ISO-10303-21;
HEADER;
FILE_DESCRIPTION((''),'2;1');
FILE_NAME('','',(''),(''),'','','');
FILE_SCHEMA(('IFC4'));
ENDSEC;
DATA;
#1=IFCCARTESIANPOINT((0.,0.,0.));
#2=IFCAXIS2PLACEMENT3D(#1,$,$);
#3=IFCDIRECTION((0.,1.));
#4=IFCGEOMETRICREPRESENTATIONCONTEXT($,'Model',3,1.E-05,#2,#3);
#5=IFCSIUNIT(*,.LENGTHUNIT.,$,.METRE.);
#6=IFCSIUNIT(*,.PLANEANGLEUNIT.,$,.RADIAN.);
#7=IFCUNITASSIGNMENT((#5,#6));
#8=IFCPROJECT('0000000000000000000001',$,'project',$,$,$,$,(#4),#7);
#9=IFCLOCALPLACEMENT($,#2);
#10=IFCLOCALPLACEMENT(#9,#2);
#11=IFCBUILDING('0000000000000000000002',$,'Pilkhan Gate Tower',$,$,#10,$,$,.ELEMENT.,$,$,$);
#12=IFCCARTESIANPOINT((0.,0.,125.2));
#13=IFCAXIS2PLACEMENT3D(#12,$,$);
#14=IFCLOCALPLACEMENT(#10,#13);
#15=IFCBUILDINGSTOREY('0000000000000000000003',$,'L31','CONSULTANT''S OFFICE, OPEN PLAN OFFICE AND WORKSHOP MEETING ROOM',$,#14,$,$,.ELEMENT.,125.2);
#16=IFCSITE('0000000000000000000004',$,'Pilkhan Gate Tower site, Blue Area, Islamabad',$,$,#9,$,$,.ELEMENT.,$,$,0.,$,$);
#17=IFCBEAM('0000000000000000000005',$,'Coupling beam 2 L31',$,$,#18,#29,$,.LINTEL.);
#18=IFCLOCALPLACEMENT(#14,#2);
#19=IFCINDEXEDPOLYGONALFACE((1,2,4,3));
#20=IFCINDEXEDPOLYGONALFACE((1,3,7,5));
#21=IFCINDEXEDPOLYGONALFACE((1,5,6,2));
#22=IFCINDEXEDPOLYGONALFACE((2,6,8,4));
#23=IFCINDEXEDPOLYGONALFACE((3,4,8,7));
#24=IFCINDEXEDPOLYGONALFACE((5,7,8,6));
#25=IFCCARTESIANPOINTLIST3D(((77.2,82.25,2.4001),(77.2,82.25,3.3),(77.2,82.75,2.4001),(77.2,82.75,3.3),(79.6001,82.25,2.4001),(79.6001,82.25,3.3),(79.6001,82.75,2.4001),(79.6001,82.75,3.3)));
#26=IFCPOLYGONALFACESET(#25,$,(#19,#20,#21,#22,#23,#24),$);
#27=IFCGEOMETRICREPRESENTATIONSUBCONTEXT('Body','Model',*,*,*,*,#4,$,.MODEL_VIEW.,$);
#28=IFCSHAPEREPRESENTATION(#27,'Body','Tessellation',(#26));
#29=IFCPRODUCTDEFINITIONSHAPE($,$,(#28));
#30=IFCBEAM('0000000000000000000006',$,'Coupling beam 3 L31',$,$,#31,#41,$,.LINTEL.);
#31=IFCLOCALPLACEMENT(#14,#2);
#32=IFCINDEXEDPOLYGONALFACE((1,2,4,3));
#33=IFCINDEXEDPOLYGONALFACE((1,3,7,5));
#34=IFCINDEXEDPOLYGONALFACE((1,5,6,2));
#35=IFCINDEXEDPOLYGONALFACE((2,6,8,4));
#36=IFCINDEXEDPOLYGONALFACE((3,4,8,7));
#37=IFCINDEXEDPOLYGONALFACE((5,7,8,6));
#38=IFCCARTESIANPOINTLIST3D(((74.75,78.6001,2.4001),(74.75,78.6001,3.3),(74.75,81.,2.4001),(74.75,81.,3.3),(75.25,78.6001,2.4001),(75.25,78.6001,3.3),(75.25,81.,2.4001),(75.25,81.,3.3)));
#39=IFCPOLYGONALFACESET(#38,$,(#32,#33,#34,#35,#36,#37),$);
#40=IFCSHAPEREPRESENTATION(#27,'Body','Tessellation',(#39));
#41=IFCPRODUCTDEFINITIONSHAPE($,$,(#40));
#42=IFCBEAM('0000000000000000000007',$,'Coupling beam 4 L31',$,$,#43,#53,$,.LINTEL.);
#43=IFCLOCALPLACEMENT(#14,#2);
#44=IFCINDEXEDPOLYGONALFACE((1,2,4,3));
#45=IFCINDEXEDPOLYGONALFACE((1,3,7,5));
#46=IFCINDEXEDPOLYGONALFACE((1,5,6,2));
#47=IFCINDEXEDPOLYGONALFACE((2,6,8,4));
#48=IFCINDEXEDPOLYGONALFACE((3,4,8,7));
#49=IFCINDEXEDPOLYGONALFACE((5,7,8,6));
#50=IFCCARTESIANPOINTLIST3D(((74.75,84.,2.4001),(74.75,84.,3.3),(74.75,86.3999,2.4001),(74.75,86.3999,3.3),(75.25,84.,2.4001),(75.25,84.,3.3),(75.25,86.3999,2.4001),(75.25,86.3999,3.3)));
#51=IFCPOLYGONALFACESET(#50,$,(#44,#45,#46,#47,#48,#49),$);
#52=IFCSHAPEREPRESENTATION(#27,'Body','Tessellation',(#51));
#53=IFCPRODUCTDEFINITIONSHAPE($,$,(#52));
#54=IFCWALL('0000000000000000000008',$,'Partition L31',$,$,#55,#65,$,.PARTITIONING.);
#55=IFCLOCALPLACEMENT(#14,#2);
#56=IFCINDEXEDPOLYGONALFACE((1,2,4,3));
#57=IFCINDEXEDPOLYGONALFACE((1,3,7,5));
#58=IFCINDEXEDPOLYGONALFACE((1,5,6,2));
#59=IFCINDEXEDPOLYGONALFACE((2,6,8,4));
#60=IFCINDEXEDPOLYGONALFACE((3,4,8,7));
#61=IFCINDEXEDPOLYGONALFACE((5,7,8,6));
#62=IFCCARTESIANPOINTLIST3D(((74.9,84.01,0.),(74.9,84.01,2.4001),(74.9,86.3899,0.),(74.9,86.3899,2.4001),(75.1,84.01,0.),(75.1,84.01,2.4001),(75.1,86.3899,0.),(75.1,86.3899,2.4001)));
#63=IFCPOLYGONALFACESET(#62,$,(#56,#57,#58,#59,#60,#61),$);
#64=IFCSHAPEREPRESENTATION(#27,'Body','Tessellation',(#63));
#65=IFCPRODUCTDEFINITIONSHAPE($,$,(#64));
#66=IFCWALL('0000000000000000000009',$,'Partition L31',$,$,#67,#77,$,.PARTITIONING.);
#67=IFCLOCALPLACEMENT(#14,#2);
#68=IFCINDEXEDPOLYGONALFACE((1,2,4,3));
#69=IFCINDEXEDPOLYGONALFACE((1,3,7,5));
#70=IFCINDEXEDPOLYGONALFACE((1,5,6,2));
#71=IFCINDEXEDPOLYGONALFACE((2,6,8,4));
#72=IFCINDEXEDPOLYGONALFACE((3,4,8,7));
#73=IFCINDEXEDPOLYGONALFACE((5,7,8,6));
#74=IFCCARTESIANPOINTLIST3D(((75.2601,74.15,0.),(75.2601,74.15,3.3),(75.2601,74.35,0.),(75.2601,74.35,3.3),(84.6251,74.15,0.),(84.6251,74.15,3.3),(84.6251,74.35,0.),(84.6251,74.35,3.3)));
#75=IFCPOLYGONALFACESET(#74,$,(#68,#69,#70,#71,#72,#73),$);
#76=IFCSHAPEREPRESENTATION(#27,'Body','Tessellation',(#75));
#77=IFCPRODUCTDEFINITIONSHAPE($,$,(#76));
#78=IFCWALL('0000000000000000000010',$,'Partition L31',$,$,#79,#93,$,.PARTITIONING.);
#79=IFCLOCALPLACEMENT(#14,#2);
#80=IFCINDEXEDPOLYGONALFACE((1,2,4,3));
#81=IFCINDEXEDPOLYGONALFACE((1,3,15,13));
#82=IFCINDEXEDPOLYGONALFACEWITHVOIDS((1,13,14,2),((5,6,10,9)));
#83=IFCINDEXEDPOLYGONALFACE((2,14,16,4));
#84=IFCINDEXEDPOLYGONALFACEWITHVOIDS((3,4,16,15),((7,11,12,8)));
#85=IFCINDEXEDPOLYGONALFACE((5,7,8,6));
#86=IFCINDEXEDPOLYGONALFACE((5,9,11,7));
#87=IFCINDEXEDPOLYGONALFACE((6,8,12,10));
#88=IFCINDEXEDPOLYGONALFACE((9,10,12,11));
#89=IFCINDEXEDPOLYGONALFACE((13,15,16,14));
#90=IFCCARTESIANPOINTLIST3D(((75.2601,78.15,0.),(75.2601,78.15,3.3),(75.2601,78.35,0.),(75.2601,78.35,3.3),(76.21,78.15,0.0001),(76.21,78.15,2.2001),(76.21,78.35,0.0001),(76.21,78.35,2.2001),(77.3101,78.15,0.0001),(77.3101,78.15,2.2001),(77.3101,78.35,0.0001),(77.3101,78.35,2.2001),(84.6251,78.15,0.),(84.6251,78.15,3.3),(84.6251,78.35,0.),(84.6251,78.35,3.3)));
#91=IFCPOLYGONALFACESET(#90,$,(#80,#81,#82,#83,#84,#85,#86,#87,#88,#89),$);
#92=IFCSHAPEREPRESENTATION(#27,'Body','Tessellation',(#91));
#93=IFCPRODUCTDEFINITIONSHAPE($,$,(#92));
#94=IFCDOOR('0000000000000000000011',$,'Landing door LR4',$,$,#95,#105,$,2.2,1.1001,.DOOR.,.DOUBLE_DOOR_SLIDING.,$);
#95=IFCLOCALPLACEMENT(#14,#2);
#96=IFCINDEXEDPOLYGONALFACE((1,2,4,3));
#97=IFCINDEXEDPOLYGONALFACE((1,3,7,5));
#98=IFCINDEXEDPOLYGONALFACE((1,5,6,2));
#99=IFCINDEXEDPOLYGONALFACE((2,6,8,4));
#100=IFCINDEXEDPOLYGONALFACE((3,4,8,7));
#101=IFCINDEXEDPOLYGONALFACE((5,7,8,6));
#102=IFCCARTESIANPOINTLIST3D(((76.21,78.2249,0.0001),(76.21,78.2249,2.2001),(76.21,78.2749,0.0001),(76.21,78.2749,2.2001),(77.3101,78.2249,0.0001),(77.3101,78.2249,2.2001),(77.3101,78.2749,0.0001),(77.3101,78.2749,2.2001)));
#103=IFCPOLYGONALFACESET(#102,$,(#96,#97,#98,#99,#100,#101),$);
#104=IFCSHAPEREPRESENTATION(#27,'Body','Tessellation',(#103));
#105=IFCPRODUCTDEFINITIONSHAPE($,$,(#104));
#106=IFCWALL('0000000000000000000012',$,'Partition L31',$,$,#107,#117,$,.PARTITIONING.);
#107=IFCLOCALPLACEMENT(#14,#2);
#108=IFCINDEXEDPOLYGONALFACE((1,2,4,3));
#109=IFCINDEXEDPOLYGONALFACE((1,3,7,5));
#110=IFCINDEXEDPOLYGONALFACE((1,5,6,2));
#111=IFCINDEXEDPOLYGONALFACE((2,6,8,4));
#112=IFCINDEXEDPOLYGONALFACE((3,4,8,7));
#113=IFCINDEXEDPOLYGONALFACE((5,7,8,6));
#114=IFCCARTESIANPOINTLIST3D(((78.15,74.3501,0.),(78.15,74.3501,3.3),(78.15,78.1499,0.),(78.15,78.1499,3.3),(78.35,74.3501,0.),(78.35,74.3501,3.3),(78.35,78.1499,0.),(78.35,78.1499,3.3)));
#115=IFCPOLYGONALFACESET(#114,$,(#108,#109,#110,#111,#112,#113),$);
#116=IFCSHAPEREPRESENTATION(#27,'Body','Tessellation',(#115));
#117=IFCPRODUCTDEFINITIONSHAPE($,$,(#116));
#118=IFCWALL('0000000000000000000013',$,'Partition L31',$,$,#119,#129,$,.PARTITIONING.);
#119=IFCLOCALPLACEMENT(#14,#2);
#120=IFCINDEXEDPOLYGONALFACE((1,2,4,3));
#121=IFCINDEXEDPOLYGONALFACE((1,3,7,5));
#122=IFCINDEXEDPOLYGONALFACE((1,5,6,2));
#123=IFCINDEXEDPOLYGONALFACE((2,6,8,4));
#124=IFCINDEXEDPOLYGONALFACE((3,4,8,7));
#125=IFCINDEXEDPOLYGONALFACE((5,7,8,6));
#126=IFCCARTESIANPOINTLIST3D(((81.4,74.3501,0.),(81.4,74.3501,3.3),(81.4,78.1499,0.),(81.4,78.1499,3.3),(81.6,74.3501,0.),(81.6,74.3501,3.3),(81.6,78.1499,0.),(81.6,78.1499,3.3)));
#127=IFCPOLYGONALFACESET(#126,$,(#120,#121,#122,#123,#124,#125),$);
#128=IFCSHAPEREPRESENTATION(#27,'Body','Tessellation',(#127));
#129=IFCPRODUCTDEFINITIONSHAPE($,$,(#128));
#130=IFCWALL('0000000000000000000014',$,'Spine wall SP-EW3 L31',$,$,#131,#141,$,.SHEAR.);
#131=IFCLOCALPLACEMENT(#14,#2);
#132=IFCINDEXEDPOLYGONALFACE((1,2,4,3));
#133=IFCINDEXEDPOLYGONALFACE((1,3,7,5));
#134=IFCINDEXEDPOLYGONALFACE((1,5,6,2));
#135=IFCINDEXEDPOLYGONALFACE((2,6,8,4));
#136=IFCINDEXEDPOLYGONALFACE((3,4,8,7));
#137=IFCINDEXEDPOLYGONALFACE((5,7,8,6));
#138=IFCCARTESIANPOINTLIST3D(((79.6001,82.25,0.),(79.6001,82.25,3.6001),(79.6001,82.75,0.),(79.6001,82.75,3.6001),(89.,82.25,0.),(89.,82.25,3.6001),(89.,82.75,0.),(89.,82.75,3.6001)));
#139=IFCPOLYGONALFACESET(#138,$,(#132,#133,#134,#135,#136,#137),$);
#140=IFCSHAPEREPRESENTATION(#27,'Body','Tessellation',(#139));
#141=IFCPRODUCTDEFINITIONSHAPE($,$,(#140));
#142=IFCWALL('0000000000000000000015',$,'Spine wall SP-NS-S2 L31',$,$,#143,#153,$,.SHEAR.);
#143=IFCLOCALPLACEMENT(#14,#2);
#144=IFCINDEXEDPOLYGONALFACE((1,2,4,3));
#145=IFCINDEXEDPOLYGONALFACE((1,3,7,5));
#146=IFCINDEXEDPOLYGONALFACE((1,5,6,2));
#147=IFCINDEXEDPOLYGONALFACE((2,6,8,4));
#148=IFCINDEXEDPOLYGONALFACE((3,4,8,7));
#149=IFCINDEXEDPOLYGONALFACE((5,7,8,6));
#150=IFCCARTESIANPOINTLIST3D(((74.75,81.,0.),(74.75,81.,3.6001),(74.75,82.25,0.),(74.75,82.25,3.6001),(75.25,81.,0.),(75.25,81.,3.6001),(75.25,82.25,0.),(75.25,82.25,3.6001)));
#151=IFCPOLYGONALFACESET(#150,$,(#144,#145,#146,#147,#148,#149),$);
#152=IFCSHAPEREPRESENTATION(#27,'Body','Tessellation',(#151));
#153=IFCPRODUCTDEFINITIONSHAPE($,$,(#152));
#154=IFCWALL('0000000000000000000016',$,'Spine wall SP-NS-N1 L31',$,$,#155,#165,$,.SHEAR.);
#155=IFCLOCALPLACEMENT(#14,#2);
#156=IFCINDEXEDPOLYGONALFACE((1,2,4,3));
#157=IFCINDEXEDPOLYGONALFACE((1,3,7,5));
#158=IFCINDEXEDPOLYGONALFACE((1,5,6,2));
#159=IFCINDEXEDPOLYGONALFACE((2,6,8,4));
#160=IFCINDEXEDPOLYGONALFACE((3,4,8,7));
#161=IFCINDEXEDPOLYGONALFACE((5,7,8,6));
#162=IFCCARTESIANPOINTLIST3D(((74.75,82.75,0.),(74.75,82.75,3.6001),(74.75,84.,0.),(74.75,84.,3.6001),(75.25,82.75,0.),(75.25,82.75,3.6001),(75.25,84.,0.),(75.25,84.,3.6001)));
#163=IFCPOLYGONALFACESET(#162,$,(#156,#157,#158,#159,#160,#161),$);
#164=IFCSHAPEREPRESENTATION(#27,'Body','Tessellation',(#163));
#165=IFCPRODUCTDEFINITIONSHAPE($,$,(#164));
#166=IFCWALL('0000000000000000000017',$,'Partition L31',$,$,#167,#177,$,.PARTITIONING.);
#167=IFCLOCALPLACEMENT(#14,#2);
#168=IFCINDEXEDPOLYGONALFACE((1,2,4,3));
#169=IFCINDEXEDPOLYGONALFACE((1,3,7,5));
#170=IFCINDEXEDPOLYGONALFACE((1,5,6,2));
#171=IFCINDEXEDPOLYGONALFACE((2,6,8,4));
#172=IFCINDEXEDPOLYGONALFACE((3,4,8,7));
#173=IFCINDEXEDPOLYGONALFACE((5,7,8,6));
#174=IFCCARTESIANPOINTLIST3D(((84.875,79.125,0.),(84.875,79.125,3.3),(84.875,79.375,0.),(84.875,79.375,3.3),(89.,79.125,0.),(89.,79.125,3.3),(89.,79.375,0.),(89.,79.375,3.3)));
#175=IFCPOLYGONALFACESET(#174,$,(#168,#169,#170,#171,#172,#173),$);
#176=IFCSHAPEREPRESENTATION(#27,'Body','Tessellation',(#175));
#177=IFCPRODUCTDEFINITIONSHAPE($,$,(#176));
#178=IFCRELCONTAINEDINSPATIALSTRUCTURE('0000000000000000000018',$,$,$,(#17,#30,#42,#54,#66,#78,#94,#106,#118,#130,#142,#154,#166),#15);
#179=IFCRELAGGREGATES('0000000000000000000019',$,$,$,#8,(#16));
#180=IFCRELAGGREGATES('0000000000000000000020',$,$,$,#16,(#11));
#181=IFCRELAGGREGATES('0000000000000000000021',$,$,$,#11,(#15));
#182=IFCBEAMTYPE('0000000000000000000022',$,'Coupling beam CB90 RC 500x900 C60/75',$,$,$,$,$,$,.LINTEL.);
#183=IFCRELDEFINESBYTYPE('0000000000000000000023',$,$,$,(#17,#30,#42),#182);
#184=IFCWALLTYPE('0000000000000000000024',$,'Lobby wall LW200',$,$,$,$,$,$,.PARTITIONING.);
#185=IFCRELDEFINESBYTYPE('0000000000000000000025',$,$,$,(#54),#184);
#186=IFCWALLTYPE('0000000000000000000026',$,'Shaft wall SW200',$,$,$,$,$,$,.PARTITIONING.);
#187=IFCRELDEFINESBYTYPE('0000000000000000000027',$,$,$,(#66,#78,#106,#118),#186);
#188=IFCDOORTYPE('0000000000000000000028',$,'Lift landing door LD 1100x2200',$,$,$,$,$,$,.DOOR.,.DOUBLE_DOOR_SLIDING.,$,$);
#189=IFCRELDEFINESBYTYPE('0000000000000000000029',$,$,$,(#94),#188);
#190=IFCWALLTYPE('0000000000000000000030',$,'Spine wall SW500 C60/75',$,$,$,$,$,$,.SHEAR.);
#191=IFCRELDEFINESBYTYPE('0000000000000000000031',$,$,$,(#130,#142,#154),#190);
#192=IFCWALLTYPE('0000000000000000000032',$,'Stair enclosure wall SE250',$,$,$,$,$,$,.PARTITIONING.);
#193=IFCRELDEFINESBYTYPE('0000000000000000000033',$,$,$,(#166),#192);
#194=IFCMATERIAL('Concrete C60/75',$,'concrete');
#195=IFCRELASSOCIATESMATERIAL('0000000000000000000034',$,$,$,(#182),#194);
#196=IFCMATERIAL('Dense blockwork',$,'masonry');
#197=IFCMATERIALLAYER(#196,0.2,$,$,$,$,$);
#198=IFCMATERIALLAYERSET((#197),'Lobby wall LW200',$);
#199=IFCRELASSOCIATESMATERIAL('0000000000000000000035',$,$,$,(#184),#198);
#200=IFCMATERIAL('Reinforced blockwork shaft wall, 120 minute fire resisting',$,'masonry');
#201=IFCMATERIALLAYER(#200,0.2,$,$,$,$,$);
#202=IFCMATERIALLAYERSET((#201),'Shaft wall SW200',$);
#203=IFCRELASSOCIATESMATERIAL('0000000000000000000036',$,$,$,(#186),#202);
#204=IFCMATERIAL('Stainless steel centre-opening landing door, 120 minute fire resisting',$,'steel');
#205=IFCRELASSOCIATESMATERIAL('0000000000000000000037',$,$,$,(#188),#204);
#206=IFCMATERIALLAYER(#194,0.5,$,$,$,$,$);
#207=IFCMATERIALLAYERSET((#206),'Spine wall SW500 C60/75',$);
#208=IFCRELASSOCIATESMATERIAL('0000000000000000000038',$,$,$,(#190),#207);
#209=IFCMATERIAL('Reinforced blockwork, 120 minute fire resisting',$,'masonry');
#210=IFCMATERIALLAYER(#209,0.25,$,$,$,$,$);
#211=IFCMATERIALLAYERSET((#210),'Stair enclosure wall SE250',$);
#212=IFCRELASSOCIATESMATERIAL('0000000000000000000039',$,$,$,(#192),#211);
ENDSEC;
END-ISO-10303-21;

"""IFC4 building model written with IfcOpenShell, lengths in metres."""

from ifc_helpers import new_model, si_unit, direction, frame, frame_2d, origin, origin_2d, place, context, subcontext, project, spatial, rectangle, extrude, material, layer, layer_set, material_profile, profile_set, type_object, element, fill, save


model = new_model("IFC4")

# Units and contexts
model_context = context("Model", 3, precision=1e-05, world=origin(), true_north=direction((0.0, 1.0)))
body_context = subcontext(model_context, "Body", "Model", "MODEL_VIEW")
ifc_project = project(units=[si_unit("LENGTHUNIT", "METRE"), si_unit("PLANEANGLEUNIT", "RADIAN")], contexts=[model_context])

# Site, building, storey
site_placement = place(None, origin())
site = spatial("IfcSite", under=ifc_project, at=site_placement, Name="Pilkhan Gate Tower site, Blue Area, Islamabad", CompositionType="ELEMENT", RefElevation=0.0)
building_placement = place(site_placement, origin())
building = spatial("IfcBuilding", under=site, at=building_placement, Name="Pilkhan Gate Tower", CompositionType="ELEMENT")
storey_placement = place(building_placement, frame((0.0, 0.0, 125.2)))
storey = spatial("IfcBuildingStorey", under=building, at=storey_placement, Name="L31", Description="CONSULTANT'S OFFICE, OPEN PLAN OFFICE AND WORKSHOP MEETING ROOM", CompositionType="ELEMENT", Elevation=125.2)

# Beams
ifc_material_1 = material(Name="Concrete C60/75", Category="concrete")
ifc_material_profile = material_profile(ifc_material_1, rectangle(XDim=0.5, YDim=0.8999, at=origin_2d()), Name="RC 500x900")
ifc_profile_set = profile_set([ifc_material_profile], Name="Concrete C60/75")
beam_type = type_object("IfcBeamType", Name="Coupling beam CB90 RC 500x900 C60/75", PredefinedType="LINTEL", material=ifc_profile_set)
beam_placement = place(storey_placement, frame((77.2, 82.5, 2.8501), z_axis=(1.0, 0.0, 0.0), x_axis=(0.0, 1.0, 0.0)))
element("IfcBeam", 1, at=beam_placement, inside=storey, type_object=beam_type, Name="Coupling beam 2 L31", PredefinedType="LINTEL", context=body_context, shape_type="SweptSolid", body=[
    extrude(rectangle(XDim=0.5, YDim=0.8999, at=origin_2d()), origin(), (0.0, 0.0, 1.0), 2.4001),
])
for number, where, z_axis, x_axis, name in (
    (2, (75.0, 78.6001, 2.8501), (0.0, 1.0, 0.0), (-1.0, 0.0, 0.0), "Coupling beam 3 L31"),
    (3, (75.0, 84.0, 2.8501), (0.0, 1.0, 0.0), (-1.0, 0.0, 0.0), "Coupling beam 4 L31"),
):
    element("IfcBeam", number, at=place(storey_placement, frame(where, z_axis=z_axis, x_axis=x_axis)), inside=storey, type_object=beam_type, Name=name, PredefinedType="LINTEL", context=body_context, shape_type="SweptSolid", body=[
        extrude(rectangle(XDim=0.5, YDim=0.8999, at=origin_2d()), origin(), (0.0, 0.0, 1.0), 2.3999),
    ])

# Walls
ifc_material_2 = material(Name="Dense blockwork", Category="masonry")
ifc_layer_1 = layer(ifc_material_2, 0.2)
ifc_layer_set_1 = layer_set([ifc_layer_1], Name="Lobby wall LW200")
wall_type_1 = type_object("IfcWallType", Name="Lobby wall LW200", PredefinedType="PARTITIONING", material=ifc_layer_set_1)
wall_1_placement = place(storey_placement, frame((75.0, 84.01, 0.0), z_axis=(0.0, 0.0, 1.0), x_axis=(0.0, 1.0, 0.0)))
element("IfcWall", 4, at=wall_1_placement, inside=storey, type_object=wall_type_1, Name="Partition L31", PredefinedType="PARTITIONING", context=body_context, shape_type="SweptSolid", body=[
    extrude(rectangle(XDim=2.3799, YDim=0.2, at=frame_2d((1.1899, 0.0))), origin(), (0.0, 0.0, 1.0), 2.4001),
])
ifc_material_3 = material(Name="Reinforced blockwork shaft wall, 120 minute fire resisting", Category="masonry")
ifc_layer_2 = layer(ifc_material_3, 0.2)
ifc_layer_set_2 = layer_set([ifc_layer_2], Name="Shaft wall SW200")
wall_type_2 = type_object("IfcWallType", Name="Shaft wall SW200", PredefinedType="PARTITIONING", material=ifc_layer_set_2)
wall_2_placement = place(storey_placement, frame((75.26, 74.25, 0.0), z_axis=(0.0, 0.0, 1.0), x_axis=(1.0, 0.0, 0.0)))
element("IfcWall", 5, at=wall_2_placement, inside=storey, type_object=wall_type_2, Name="Partition L31", PredefinedType="PARTITIONING", context=body_context, shape_type="SweptSolid", body=[
    extrude(rectangle(XDim=9.365, YDim=0.2, at=frame_2d((4.6826, 0.0))), origin(), (0.0, 0.0, 1.0), 3.3),
])

# Wall, opening, door
wall_3_placement = place(storey_placement, frame((75.26, 78.25, 0.0), z_axis=(0.0, 0.0, 1.0), x_axis=(1.0, 0.0, 0.0)))
wall_3 = element("IfcWall", 6, at=wall_3_placement, inside=storey, type_object=wall_type_2, Name="Partition L31", PredefinedType="PARTITIONING", context=body_context, shape_type="SweptSolid", body=[
    extrude(rectangle(XDim=9.365, YDim=0.2, at=frame_2d((4.6826, 0.0))), origin(), (0.0, 0.0, 1.0), 3.3),
])
opening_placement = place(wall_3_placement, frame((0.95, 0.0, 0.0)))
opening = element("IfcOpeningElement", 7, at=opening_placement, cuts=wall_3, PredefinedType="OPENING", context=body_context, shape_type="SweptSolid", body=[
    extrude(rectangle(XDim=1.1001, YDim=2.2, at=frame_2d((0.55, 1.1001))), frame((0.0, 0.1099, 0.0), z_axis=(0.0, -1.0, 0.0), x_axis=(1.0, 0.0, 0.0)), (0.0, 0.0, 1.0), 0.22),
])
ifc_material_4 = material(Name="Stainless steel centre-opening landing door, 120 minute fire resisting", Category="steel")
door_type = type_object("IfcDoorType", Name="Lift landing door LD 1100x2200", OperationType="DOUBLE_DOOR_SLIDING", PredefinedType="DOOR", material=ifc_material_4)
door_placement = place(opening_placement, origin())
door = element("IfcDoor", 8, at=door_placement, inside=storey, type_object=door_type, Name="Landing door LR4", OperationType="DOUBLE_DOOR_SLIDING", OverallHeight=2.2, OverallWidth=1.1001, PredefinedType="DOOR", context=body_context, shape_type="SweptSolid", body=[
    extrude(rectangle(XDim=1.1001, YDim=2.2, at=frame_2d((0.55, 1.1001))), frame((0.0, 0.0249, 0.0), z_axis=(0.0, -1.0, 0.0), x_axis=(1.0, 0.0, 0.0)), (0.0, 0.0, 1.0), 0.05),
])
fill(opening, door)

# Walls
for number, where, z_axis, x_axis, name in (
    (9, (78.25, 74.3501, 0.0), (0.0, 0.0, 1.0), (0.0, 1.0, 0.0), "Partition L31"),
    (10, (81.5, 74.3501, 0.0), (0.0, 0.0, 1.0), (0.0, 1.0, 0.0), "Partition L31"),
):
    element("IfcWall", number, at=place(storey_placement, frame(where, z_axis=z_axis, x_axis=x_axis)), inside=storey, type_object=wall_type_2, Name=name, PredefinedType="PARTITIONING", context=body_context, shape_type="SweptSolid", body=[
        extrude(rectangle(XDim=3.7998, YDim=0.2, at=frame_2d((1.8999, 0.0))), origin(), (0.0, 0.0, 1.0), 3.3),
    ])
ifc_layer_3 = layer(ifc_material_1, 0.5)
ifc_layer_set_3 = layer_set([ifc_layer_3], Name="Spine wall SW500 C60/75")
wall_type_3 = type_object("IfcWallType", Name="Spine wall SW500 C60/75", PredefinedType="SHEAR", material=ifc_layer_set_3)
wall_4_placement = place(storey_placement, frame((79.6001, 82.5, 0.0), z_axis=(0.0, 0.0, 1.0), x_axis=(1.0, 0.0, 0.0)))
element("IfcWall", 11, at=wall_4_placement, inside=storey, type_object=wall_type_3, Name="Spine wall SP-EW3 L31", PredefinedType="SHEAR", context=body_context, shape_type="SweptSolid", body=[
    extrude(rectangle(XDim=9.3999, YDim=0.5, at=frame_2d((4.7, 0.0))), origin(), (0.0, 0.0, 1.0), 3.6001),
])
for number, where, z_axis, x_axis, name in (
    (12, (75.0, 81.0, 0.0), (0.0, 0.0, 1.0), (0.0, 1.0, 0.0), "Spine wall SP-NS-S2 L31"),
    (13, (75.0, 82.75, 0.0), (0.0, 0.0, 1.0), (0.0, 1.0, 0.0), "Spine wall SP-NS-N1 L31"),
):
    element("IfcWall", number, at=place(storey_placement, frame(where, z_axis=z_axis, x_axis=x_axis)), inside=storey, type_object=wall_type_3, Name=name, PredefinedType="SHEAR", context=body_context, shape_type="SweptSolid", body=[
        extrude(rectangle(XDim=1.25, YDim=0.5, at=frame_2d((0.625, 0.0))), origin(), (0.0, 0.0, 1.0), 3.6001),
    ])
ifc_material_5 = material(Name="Reinforced blockwork, 120 minute fire resisting", Category="masonry")
ifc_layer_4 = layer(ifc_material_5, 0.25)
ifc_layer_set_4 = layer_set([ifc_layer_4], Name="Stair enclosure wall SE250")
wall_type_4 = type_object("IfcWallType", Name="Stair enclosure wall SE250", PredefinedType="PARTITIONING", material=ifc_layer_set_4)
wall_5_placement = place(storey_placement, frame((84.875, 79.25, 0.0), z_axis=(0.0, 0.0, 1.0), x_axis=(1.0, 0.0, 0.0)))
element("IfcWall", 14, at=wall_5_placement, inside=storey, type_object=wall_type_4, Name="Partition L31", PredefinedType="PARTITIONING", context=body_context, shape_type="SweptSolid", body=[
    extrude(rectangle(XDim=4.125, YDim=0.25, at=frame_2d((2.0625, 0.0))), origin(), (0.0, 0.0, 1.0), 3.3),
])

save(model, "model.ifc")
